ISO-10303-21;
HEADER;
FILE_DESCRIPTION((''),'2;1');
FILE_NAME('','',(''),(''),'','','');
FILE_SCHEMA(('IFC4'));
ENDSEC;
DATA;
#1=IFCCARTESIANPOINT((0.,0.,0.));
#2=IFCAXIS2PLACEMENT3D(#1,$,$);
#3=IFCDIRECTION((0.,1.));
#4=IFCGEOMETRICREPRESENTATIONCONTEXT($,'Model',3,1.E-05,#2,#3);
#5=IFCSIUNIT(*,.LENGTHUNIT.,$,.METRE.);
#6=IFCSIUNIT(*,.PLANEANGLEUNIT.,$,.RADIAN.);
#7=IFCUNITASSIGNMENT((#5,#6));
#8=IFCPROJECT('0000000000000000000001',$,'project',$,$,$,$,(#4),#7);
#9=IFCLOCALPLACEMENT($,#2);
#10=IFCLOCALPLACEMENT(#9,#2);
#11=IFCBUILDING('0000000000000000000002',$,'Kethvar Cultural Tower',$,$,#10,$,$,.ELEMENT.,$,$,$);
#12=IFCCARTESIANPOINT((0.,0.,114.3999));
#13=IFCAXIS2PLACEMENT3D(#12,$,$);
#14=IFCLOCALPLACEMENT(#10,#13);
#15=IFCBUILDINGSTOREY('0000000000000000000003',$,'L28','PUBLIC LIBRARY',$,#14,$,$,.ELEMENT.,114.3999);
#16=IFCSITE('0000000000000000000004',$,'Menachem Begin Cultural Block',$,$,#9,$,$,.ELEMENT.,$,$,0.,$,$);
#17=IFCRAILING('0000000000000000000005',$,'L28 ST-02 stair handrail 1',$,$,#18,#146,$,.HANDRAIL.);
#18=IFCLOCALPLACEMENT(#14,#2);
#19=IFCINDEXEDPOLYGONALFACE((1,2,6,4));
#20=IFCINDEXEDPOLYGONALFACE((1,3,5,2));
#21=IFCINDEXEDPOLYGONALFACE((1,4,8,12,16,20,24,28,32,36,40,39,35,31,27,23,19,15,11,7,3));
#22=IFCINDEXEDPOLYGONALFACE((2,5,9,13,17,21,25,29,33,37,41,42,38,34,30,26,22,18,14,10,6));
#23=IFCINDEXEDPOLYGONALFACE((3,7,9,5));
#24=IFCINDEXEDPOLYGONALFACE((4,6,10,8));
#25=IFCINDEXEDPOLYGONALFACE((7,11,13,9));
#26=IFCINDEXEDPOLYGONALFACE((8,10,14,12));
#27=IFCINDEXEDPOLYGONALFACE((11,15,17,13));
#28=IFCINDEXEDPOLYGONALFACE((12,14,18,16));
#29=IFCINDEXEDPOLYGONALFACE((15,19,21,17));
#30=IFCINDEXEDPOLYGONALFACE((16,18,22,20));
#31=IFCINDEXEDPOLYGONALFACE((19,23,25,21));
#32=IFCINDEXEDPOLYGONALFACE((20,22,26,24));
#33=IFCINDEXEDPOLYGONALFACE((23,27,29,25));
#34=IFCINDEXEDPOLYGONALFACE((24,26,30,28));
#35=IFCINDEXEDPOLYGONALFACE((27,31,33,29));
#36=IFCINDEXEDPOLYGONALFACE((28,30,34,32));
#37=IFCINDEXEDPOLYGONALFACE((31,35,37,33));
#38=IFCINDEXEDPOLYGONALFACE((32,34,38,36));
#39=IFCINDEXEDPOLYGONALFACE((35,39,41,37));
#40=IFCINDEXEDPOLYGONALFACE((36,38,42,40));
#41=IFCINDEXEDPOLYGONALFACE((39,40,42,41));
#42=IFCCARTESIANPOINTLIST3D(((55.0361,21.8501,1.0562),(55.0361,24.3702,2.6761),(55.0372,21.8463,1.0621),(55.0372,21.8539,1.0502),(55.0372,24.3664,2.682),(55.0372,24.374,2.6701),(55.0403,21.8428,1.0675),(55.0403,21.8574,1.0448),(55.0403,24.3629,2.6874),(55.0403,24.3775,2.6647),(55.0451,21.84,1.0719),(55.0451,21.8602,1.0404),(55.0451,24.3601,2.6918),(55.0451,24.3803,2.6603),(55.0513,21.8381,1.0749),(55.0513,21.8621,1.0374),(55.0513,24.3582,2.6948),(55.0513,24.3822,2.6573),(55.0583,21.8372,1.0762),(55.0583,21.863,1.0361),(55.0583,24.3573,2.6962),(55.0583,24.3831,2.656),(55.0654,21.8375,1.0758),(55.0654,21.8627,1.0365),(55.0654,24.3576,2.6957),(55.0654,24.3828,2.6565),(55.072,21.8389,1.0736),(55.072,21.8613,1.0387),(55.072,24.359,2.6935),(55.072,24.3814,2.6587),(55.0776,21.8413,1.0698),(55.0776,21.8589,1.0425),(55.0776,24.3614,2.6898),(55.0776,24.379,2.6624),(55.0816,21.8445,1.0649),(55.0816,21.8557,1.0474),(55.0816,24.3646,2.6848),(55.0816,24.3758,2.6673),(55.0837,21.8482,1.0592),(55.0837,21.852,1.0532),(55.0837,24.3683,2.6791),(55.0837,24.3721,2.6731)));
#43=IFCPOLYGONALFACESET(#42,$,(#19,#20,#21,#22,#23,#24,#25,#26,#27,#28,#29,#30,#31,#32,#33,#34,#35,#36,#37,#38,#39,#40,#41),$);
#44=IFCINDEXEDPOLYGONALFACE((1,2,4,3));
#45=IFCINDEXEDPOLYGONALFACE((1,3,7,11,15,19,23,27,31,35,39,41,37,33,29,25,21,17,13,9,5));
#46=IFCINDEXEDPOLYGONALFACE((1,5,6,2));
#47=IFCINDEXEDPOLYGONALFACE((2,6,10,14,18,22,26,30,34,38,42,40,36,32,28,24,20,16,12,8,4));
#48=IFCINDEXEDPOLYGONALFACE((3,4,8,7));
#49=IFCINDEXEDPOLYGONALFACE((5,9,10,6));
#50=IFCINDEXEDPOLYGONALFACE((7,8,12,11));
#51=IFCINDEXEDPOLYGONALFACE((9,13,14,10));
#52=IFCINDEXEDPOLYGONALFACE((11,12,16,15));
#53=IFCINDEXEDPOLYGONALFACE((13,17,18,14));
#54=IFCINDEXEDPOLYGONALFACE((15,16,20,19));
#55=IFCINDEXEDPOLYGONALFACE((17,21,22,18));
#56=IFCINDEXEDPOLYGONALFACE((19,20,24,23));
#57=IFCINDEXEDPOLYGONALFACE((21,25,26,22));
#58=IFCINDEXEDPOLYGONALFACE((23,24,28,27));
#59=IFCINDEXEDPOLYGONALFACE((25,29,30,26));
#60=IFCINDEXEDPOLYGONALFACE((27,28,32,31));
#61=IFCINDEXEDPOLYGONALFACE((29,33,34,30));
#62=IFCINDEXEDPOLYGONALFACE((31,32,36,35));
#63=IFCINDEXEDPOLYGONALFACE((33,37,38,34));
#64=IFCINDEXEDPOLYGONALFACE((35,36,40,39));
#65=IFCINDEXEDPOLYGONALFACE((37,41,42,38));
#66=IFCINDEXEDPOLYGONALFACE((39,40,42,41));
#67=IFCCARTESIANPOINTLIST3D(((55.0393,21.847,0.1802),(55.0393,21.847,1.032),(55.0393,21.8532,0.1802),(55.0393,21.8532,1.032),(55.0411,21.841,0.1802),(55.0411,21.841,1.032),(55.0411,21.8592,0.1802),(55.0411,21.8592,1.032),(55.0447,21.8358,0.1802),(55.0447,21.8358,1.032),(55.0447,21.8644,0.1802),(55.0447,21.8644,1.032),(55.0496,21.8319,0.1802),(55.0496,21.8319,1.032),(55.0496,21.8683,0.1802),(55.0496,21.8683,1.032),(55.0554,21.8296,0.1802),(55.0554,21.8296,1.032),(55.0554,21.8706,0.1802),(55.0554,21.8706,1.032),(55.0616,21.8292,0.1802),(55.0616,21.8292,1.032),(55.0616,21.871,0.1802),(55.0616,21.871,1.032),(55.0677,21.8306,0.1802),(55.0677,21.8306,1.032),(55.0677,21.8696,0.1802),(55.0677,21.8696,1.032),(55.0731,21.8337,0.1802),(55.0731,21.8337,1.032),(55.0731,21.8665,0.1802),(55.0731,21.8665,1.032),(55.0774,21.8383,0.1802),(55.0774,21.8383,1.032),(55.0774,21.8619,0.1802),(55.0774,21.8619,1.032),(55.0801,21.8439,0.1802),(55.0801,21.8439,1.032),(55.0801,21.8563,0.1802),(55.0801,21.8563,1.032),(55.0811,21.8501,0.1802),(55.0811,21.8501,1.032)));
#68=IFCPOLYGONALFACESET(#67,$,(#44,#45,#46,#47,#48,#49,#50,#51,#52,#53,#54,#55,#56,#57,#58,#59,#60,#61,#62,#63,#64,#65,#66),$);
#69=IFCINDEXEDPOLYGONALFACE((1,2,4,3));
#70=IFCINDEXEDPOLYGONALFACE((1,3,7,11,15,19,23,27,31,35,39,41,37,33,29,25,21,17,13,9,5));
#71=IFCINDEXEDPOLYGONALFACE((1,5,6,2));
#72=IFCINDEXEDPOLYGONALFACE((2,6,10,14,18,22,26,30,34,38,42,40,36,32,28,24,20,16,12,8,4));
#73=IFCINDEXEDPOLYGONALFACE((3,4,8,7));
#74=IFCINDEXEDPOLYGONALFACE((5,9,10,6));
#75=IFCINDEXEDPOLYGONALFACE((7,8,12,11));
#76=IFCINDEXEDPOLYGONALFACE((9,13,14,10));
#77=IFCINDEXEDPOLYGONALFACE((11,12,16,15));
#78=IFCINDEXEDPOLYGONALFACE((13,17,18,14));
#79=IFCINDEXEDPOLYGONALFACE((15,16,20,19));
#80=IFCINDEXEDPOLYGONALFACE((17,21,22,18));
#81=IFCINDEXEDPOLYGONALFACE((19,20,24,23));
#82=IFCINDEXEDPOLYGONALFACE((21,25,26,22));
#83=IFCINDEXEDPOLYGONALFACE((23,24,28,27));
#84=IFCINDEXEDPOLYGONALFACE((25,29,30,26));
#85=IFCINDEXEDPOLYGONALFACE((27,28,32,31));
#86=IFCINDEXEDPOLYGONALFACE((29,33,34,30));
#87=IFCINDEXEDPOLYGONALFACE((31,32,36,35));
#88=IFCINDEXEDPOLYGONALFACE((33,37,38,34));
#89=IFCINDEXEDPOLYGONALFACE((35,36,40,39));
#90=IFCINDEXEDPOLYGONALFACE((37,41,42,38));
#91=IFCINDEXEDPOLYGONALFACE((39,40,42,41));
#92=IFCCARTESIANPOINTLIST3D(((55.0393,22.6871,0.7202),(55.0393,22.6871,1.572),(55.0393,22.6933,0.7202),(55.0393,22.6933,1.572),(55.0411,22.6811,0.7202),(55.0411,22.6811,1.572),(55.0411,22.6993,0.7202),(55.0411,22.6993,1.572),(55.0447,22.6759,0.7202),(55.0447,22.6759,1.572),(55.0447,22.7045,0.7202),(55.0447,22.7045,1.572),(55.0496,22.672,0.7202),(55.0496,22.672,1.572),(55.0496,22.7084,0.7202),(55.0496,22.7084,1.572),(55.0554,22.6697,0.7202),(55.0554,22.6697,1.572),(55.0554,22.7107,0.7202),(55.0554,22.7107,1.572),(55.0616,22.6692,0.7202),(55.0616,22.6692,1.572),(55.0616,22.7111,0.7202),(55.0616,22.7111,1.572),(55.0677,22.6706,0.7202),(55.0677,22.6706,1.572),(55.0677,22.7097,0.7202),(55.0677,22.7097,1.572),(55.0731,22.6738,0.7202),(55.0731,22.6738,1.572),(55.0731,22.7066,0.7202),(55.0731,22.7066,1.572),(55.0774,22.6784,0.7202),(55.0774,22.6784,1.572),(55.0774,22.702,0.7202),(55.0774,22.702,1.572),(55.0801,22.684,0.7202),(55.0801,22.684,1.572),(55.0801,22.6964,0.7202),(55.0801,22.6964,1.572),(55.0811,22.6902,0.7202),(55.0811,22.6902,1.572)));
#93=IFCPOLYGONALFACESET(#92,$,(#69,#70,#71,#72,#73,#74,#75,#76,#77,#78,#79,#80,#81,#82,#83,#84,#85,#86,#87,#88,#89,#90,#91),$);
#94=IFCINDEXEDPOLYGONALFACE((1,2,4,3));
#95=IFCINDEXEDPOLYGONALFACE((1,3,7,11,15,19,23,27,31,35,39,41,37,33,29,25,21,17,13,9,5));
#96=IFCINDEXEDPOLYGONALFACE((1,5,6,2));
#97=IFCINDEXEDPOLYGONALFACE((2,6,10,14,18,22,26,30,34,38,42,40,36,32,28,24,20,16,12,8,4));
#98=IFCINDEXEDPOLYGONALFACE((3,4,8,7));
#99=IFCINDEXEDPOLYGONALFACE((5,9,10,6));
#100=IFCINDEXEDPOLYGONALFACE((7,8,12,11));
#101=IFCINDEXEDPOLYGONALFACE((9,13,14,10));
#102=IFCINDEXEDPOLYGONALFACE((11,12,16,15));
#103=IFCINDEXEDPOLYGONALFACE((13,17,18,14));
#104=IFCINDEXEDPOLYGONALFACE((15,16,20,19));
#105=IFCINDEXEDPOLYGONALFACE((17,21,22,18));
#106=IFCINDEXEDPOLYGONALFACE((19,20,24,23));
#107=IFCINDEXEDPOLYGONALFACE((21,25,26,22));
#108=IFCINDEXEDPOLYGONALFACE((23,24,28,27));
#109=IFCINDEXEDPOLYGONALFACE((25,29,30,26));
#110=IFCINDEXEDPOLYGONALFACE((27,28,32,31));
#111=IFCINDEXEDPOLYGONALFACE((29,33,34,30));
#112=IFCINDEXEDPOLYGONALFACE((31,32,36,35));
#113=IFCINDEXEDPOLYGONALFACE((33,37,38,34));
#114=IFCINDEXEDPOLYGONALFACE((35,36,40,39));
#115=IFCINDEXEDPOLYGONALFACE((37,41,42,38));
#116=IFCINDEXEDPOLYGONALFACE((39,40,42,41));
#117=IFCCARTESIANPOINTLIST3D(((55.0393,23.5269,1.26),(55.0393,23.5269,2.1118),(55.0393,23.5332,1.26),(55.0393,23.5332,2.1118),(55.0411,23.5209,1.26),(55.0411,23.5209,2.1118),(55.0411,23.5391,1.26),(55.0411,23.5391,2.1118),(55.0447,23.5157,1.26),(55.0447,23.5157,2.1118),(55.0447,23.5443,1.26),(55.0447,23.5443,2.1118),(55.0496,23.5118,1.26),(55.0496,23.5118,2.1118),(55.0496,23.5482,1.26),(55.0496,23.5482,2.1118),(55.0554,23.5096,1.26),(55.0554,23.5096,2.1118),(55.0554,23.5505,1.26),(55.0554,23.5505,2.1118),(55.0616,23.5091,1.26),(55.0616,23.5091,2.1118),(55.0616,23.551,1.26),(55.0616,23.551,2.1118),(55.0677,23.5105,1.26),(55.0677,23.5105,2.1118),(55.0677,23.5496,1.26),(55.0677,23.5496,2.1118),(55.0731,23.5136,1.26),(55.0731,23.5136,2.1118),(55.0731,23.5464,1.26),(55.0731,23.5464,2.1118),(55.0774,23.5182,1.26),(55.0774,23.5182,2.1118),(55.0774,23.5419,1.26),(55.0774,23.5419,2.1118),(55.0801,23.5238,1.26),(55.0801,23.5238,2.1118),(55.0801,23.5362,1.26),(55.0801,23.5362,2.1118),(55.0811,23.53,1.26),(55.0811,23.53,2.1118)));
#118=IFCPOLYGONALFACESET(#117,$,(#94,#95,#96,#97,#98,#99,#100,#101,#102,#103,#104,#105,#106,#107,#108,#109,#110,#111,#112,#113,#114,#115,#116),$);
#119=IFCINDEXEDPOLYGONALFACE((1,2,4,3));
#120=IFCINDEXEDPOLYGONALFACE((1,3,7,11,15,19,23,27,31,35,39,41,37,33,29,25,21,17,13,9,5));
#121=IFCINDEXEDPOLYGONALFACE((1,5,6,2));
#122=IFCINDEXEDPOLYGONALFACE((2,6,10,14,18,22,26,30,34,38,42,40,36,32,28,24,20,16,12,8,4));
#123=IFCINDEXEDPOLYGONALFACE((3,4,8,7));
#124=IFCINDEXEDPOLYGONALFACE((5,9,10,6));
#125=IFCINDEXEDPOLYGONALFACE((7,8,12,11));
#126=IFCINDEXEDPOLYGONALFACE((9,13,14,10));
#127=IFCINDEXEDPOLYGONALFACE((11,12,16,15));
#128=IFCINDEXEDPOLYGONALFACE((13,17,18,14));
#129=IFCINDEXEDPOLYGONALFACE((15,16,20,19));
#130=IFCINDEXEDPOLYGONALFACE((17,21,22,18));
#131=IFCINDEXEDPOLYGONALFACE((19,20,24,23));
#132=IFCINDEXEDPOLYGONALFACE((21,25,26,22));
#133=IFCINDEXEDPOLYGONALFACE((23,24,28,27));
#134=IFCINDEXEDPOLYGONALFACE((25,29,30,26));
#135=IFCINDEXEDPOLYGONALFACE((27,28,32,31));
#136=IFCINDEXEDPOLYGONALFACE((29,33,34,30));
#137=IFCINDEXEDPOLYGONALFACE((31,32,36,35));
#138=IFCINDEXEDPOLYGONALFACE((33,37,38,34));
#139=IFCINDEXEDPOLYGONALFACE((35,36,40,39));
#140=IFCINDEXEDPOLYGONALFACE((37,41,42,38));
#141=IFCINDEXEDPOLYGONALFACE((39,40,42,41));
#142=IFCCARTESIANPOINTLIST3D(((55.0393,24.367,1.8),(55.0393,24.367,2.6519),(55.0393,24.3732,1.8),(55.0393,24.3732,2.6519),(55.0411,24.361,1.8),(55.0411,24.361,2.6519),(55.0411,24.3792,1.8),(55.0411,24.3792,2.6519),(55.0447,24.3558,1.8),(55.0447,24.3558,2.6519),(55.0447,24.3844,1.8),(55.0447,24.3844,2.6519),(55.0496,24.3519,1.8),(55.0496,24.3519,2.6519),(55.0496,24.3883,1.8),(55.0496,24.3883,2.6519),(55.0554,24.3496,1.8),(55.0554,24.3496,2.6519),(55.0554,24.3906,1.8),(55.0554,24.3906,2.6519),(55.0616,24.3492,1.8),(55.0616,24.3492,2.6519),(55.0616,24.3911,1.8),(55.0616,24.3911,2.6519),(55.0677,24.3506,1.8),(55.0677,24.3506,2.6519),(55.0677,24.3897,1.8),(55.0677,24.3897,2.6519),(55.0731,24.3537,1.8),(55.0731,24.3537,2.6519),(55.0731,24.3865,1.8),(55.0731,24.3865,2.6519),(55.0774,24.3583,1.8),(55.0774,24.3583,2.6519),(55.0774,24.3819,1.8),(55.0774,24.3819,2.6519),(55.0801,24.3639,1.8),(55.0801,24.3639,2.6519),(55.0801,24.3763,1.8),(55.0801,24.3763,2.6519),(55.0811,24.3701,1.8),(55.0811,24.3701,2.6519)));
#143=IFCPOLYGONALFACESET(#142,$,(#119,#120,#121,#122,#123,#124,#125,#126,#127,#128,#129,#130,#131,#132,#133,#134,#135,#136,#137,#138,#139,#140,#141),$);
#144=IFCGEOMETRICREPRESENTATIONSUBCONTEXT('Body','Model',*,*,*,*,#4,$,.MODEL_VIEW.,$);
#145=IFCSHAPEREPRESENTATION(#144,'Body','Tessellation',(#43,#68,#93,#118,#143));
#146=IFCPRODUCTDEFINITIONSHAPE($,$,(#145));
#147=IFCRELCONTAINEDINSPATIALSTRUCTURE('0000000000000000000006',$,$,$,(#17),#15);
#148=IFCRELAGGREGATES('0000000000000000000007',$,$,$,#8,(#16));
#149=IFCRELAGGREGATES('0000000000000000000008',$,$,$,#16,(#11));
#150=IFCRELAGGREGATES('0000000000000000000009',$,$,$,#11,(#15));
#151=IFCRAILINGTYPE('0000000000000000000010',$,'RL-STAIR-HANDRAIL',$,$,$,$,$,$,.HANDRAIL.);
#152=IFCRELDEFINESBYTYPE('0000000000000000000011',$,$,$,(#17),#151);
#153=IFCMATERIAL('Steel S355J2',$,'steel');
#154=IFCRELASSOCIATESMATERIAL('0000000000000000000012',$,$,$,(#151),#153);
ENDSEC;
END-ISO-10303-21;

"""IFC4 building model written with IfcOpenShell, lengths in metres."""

from ifc_helpers import new_model, si_unit, direction, frame, origin, origin_2d, place, context, subcontext, project, spatial, circle, extrude, material, type_object, element, save


model = new_model("IFC4")

# Units and contexts
model_context = context("Model", 3, precision=1e-05, world=origin(), true_north=direction((0.0, 1.0)))
body_context = subcontext(model_context, "Body", "Model", "MODEL_VIEW")
ifc_project = project(units=[si_unit("LENGTHUNIT", "METRE"), si_unit("PLANEANGLEUNIT", "RADIAN")], contexts=[model_context])

# Site, building, storey
site_placement = place(None, origin())
site = spatial("IfcSite", under=ifc_project, at=site_placement, Name="Menachem Begin Cultural Block", CompositionType="ELEMENT", RefElevation=0.0)
building_placement = place(site_placement, origin())
building = spatial("IfcBuilding", under=site, at=building_placement, Name="Kethvar Cultural Tower", CompositionType="ELEMENT")
storey_placement = place(building_placement, frame((0.0, 0.0, 114.3999)))
storey = spatial("IfcBuildingStorey", under=building, at=storey_placement, Name="L28", Description="PUBLIC LIBRARY", CompositionType="ELEMENT", Elevation=114.3999)

# Shared definitions
ifc_material_1 = material(Name="Steel S355J2", Category="steel")

# Railing
railing_type_1 = type_object("IfcRailingType", Name="RL-STAIR-HANDRAIL", PredefinedType="HANDRAIL", material=ifc_material_1)
railing_1_placement = place(storey_placement, frame((55.0601, 21.8501, 0.1802)))
element("IfcRailing", 1, at=railing_1_placement, inside=storey, type_object=railing_type_1, Name="L28 ST-02 stair handrail 1", PredefinedType="HANDRAIL", context=body_context, shape_type="SweptSolid", body=[
    extrude(circle(Radius=0.0239, at=origin_2d()), frame((0.0, 0.0, 0.876), z_axis=(0.0, 0.8412, 0.540725), x_axis=(-1.0, 0.0, 0.0)), (0.0, 0.0, 1.0), 2.9958),
    extrude(circle(Radius=0.021, at=origin_2d()), origin(), (0.0, 0.0, 1.0), 0.8518),
    extrude(circle(Radius=0.021, at=origin_2d()), frame((0.0, 0.8401, 0.54)), (0.0, 0.0, 1.0), 0.8518),
    extrude(circle(Radius=0.021, at=origin_2d()), frame((0.0, 1.6799, 1.0798)), (0.0, 0.0, 1.0), 0.8518),
    extrude(circle(Radius=0.021, at=origin_2d()), frame((0.0, 2.52, 1.6199)), (0.0, 0.0, 1.0), 0.8518),
])

save(model, "model.ifc")
